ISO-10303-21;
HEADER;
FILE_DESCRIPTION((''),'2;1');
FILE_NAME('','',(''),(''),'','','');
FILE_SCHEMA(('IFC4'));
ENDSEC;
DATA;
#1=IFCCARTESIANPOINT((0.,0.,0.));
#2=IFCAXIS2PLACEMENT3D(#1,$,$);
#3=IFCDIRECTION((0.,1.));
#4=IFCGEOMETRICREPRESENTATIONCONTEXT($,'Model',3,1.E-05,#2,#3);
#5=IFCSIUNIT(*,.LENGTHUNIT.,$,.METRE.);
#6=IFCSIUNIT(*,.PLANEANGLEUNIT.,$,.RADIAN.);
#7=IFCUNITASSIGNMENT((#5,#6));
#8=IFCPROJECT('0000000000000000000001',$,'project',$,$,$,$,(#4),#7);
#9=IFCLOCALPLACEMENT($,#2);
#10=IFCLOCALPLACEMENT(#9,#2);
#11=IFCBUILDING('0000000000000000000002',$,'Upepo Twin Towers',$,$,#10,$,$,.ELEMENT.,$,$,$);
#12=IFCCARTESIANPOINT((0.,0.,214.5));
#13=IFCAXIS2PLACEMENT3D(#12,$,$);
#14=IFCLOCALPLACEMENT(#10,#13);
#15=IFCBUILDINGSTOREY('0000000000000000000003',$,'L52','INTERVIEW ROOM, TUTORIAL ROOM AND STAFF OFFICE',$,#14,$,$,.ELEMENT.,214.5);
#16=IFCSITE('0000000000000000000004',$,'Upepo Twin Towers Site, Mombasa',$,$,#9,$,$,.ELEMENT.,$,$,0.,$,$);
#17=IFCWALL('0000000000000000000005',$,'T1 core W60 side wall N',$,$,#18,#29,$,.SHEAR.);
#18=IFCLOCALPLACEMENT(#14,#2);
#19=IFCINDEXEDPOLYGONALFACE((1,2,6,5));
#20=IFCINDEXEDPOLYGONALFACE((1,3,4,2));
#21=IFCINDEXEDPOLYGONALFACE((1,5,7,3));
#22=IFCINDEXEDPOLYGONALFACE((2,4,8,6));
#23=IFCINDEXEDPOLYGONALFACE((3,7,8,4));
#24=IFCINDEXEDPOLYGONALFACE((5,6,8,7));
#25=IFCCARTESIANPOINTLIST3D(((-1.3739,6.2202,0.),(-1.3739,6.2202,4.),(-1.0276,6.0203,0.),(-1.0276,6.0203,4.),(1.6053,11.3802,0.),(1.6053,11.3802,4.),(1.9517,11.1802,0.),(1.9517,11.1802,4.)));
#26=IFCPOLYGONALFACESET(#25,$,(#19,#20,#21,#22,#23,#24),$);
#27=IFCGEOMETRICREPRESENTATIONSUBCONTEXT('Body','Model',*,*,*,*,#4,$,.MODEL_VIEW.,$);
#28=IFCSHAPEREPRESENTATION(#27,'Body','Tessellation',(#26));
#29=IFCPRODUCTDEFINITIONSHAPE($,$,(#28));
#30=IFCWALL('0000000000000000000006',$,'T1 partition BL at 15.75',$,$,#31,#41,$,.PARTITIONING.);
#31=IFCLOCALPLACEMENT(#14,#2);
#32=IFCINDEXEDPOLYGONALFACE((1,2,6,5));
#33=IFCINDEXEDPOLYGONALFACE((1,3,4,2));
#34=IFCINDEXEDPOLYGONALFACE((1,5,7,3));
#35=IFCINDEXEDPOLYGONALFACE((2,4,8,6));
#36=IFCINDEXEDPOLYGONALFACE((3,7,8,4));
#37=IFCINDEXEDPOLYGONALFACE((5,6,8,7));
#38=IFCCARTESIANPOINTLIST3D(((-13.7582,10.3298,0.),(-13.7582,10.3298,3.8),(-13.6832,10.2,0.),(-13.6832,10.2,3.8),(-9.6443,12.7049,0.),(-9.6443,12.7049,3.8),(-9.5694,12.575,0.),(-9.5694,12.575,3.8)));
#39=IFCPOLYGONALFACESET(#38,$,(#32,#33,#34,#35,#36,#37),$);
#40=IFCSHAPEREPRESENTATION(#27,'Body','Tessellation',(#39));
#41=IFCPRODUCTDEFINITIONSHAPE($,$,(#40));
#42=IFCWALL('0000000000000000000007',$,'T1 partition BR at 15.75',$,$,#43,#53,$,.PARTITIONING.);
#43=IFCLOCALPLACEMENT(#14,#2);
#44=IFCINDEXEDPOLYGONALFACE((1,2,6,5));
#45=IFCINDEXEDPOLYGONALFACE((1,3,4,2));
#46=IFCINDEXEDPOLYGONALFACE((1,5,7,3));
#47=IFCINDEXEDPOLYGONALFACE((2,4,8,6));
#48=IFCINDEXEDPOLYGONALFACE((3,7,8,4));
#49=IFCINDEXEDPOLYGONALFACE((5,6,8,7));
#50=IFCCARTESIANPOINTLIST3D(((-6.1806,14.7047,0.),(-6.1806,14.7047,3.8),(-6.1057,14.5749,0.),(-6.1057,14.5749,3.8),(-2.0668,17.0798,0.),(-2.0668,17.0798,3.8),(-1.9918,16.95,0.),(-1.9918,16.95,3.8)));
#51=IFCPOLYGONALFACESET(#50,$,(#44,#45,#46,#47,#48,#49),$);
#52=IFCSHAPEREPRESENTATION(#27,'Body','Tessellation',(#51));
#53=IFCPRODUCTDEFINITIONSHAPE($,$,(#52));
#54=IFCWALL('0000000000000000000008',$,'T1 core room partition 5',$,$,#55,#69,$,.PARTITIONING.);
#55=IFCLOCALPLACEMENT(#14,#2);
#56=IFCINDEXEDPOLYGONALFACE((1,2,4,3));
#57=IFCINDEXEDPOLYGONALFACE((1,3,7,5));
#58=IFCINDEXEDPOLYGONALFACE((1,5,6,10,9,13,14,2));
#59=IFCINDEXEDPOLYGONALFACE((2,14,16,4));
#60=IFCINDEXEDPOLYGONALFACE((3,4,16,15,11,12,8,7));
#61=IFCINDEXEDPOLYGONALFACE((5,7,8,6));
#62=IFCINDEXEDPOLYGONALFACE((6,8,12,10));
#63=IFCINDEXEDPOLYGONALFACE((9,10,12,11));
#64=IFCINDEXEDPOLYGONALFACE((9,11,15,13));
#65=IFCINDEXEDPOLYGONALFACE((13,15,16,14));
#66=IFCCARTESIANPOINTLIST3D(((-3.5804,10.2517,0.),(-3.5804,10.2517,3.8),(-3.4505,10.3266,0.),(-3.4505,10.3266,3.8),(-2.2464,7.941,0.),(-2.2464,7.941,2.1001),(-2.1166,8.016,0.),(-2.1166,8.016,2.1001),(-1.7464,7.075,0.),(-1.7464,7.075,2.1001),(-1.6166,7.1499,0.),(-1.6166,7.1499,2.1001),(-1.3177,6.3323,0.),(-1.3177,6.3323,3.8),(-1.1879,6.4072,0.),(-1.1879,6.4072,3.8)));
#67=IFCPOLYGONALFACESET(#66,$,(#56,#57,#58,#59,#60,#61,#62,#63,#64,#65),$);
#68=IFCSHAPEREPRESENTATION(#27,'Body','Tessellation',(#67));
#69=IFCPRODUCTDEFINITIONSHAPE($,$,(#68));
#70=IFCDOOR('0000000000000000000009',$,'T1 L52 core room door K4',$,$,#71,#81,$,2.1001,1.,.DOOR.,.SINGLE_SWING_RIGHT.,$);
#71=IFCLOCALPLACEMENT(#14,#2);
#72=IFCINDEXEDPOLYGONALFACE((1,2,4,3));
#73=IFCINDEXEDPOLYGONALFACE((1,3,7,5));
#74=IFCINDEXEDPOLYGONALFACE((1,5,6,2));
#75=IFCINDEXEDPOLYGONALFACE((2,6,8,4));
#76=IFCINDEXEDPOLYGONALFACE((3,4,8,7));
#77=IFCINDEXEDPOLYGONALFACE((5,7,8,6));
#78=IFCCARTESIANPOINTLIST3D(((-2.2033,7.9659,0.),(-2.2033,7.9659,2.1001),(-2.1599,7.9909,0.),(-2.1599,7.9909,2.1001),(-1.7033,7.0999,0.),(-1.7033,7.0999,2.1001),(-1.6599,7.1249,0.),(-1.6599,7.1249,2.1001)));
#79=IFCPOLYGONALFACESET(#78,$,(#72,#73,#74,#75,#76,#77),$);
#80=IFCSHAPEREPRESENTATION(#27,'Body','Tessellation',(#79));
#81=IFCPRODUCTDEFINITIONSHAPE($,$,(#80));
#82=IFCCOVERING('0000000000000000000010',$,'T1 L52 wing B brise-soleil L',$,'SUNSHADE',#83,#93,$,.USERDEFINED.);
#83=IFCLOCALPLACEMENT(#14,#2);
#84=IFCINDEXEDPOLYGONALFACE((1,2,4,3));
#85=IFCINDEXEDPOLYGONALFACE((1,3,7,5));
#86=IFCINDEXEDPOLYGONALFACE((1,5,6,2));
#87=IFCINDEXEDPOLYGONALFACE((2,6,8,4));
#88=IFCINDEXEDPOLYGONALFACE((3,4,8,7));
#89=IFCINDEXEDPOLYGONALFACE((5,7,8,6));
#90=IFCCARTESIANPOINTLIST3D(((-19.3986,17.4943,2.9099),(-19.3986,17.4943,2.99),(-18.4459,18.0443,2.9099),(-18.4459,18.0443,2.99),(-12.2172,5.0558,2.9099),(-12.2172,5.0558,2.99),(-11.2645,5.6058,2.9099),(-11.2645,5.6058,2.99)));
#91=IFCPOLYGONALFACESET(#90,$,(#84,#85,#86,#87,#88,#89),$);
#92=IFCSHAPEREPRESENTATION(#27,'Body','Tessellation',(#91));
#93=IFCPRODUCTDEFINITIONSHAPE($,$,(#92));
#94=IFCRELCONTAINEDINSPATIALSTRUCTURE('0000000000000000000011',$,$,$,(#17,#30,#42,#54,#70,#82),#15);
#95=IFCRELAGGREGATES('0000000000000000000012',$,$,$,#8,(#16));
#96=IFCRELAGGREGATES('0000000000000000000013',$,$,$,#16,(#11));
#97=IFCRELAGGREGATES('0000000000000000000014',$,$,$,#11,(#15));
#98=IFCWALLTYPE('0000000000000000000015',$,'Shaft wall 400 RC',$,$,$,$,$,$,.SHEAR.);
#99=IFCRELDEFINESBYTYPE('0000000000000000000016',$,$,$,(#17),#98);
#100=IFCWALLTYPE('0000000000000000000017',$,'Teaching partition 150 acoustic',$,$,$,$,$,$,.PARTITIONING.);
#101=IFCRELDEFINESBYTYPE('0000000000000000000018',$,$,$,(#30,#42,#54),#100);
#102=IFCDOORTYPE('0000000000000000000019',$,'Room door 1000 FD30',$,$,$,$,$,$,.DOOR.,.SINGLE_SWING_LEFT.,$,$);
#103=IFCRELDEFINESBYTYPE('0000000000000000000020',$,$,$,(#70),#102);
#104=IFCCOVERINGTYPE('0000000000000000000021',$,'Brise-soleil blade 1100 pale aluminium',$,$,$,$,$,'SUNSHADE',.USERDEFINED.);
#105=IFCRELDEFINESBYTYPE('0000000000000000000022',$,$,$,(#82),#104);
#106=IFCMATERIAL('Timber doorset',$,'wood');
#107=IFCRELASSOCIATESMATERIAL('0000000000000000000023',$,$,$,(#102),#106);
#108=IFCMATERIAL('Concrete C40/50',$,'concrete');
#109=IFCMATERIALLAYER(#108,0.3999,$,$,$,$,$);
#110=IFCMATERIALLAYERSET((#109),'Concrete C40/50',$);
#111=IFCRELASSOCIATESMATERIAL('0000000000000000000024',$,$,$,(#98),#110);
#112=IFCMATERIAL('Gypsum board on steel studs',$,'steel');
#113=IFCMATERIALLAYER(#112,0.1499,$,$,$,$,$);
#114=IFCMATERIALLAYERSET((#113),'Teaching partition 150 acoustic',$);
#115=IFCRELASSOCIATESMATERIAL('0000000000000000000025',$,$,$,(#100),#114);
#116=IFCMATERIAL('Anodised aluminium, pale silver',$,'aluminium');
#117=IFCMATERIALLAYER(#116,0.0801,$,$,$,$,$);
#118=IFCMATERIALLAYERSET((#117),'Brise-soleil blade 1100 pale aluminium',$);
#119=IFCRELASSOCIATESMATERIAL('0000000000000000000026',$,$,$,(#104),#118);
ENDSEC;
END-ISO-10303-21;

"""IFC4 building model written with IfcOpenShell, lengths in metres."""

from ifc_helpers import new_model, si_unit, direction, frame, frame_2d, origin, origin_2d, place, context, subcontext, project, spatial, rectangle, extrude, material, layer, layer_set, type_object, element, fill, save


model = new_model("IFC4")

# Units and contexts
model_context = context("Model", 3, precision=1e-05, world=origin(), true_north=direction((0.0, 1.0)))
body_context = subcontext(model_context, "Body", "Model", "MODEL_VIEW")
ifc_project = project(units=[si_unit("LENGTHUNIT", "METRE"), si_unit("PLANEANGLEUNIT", "RADIAN")], contexts=[model_context])

# Site, building, storey
site_placement = place(None, origin())
site = spatial("IfcSite", under=ifc_project, at=site_placement, Name="Upepo Twin Towers Site, Mombasa", CompositionType="ELEMENT", RefElevation=0.0)
building_placement = place(site_placement, origin())
building = spatial("IfcBuilding", under=site, at=building_placement, Name="Upepo Twin Towers", CompositionType="ELEMENT")
storey_placement = place(building_placement, frame((0.0, 0.0, 214.5)))
storey = spatial("IfcBuildingStorey", under=building, at=storey_placement, Name="L52", Description="INTERVIEW ROOM, TUTORIAL ROOM AND STAFF OFFICE", CompositionType="ELEMENT", Elevation=214.5)

# Shared definitions
ifc_material_1 = material(Name="Timber doorset", Category="wood")
door_type_1 = type_object("IfcDoorType", Name="Room door 1000 FD30", OperationType="SINGLE_SWING_LEFT", PredefinedType="DOOR", material=ifc_material_1)

# Walls
ifc_material_2 = material(Name="Concrete C40/50", Category="concrete")
ifc_layer_1 = layer(ifc_material_2, 0.3999)
ifc_layer_set_1 = layer_set([ifc_layer_1], Name="Concrete C40/50")
wall_type_1 = type_object("IfcWallType", Name="Shaft wall 400 RC", PredefinedType="SHEAR", material=ifc_layer_set_1)
wall_1_placement = place(storey_placement, frame((-1.2007, 6.1204, 0.0), z_axis=(0.0, 0.0, 1.0), x_axis=(0.500022, 0.866013, 0.0)))
element("IfcWall", 1, at=wall_1_placement, inside=storey, type_object=wall_type_1, Name="T1 core W60 side wall N", PredefinedType="SHEAR", context=body_context, shape_type="SweptSolid", body=[
    extrude(rectangle(XDim=5.9583, YDim=0.3999, at=frame_2d((2.979, 0.0))), origin(), (0.0, 0.0, 1.0), 4.0),
])
ifc_material_3 = material(Name="Gypsum board on steel studs", Category="steel")
ifc_layer_2 = layer(ifc_material_3, 0.1499)
ifc_layer_set_2 = layer_set([ifc_layer_2], Name="Teaching partition 150 acoustic")
wall_type_2 = type_object("IfcWallType", Name="Teaching partition 150 acoustic", PredefinedType="PARTITIONING", material=ifc_layer_set_2)
for number, where, z_axis, x_axis, name in (
    (2, (-9.6069, 12.6399, 0.0), (0.0, 0.0, 1.0), (-0.866033, -0.499986, 0.0), "T1 partition BL at 15.75"),
    (3, (-6.1431, 14.6399, 0.0), (0.0, 0.0, 1.0), (0.866033, 0.499986, 0.0), "T1 partition BR at 15.75"),
):
    element("IfcWall", number, at=place(storey_placement, frame(where, z_axis=z_axis, x_axis=x_axis)), inside=storey, type_object=wall_type_2, Name=name, PredefinedType="PARTITIONING", context=body_context, shape_type="SweptSolid", body=[
        extrude(rectangle(XDim=4.7502, YDim=0.1499, at=frame_2d((2.375, 0.0))), origin(), (0.0, 0.0, 1.0), 3.8),
    ])

# Wall, opening, door
wall_2_placement = place(storey_placement, frame((-3.5154, 10.2891, 0.0), z_axis=(0.0, 0.0, 1.0), x_axis=(0.499968, -0.866044, 0.0)))
wall_2 = element("IfcWall", 4, at=wall_2_placement, inside=storey, type_object=wall_type_2, Name="T1 core room partition 5", PredefinedType="PARTITIONING", context=body_context, shape_type="SweptSolid", body=[
    extrude(rectangle(XDim=4.5256, YDim=0.1499, at=frame_2d((2.2627, 0.0))), origin(), (0.0, 0.0, 1.0), 3.8),
])
opening_1_placement = place(wall_2_placement, frame((2.668, 0.0, 0.0)))
opening_1 = element("IfcOpeningElement", 5, at=opening_1_placement, cuts=wall_2, PredefinedType="OPENING", context=body_context, shape_type="SweptSolid", body=[
    extrude(rectangle(XDim=1.0, YDim=2.1001, at=frame_2d((0.5, 1.05))), frame((0.0, 0.085, 0.0), z_axis=(0.0, -1.0, 0.0), x_axis=(1.0, 0.0, 0.0)), (0.0, 0.0, 1.0), 0.1699),
])
door_1_placement = place(opening_1_placement, origin())
door_1 = element("IfcDoor", 6, at=door_1_placement, inside=storey, type_object=door_type_1, Name="T1 L52 core room door K4", OperationType="SINGLE_SWING_RIGHT", OverallHeight=2.1001, OverallWidth=1.0, PredefinedType="DOOR", context=body_context, shape_type="SweptSolid", body=[
    extrude(rectangle(XDim=1.0, YDim=2.1001, at=frame_2d((0.5, 1.05))), frame((0.0, 0.0249, 0.0), z_axis=(0.0, -1.0, 0.0), x_axis=(1.0, 0.0, 0.0)), (0.0, 0.0, 1.0), 0.05),
])
fill(opening_1, door_1)

# Covering
ifc_material_4 = material(Name="Anodised aluminium, pale silver", Category="aluminium")
ifc_layer_3 = layer(ifc_material_4, 0.0801)
ifc_layer_set_3 = layer_set([ifc_layer_3], Name="Brise-soleil blade 1100 pale aluminium")
covering_type = type_object("IfcCoveringType", Name="Brise-soleil blade 1100 pale aluminium", ElementType="SUNSHADE", PredefinedType="USERDEFINED", material=ifc_layer_set_3)
covering_placement = place(storey_placement, frame((-15.3315, 11.55, 2.9099), z_axis=(0.0, 0.0, 1.0), x_axis=(-0.5, 0.866025, 0.0)))
element("IfcCovering", 7, at=covering_placement, inside=storey, type_object=covering_type, Name="T1 L52 wing B brise-soleil L", ObjectType="SUNSHADE", PredefinedType="USERDEFINED", context=body_context, shape_type="SweptSolid", body=[
    extrude(rectangle(XDim=14.3628, YDim=1.1001, at=origin_2d()), origin(), (0.0, 0.0, 1.0), 0.0801),
])

save(model, "model.ifc")
